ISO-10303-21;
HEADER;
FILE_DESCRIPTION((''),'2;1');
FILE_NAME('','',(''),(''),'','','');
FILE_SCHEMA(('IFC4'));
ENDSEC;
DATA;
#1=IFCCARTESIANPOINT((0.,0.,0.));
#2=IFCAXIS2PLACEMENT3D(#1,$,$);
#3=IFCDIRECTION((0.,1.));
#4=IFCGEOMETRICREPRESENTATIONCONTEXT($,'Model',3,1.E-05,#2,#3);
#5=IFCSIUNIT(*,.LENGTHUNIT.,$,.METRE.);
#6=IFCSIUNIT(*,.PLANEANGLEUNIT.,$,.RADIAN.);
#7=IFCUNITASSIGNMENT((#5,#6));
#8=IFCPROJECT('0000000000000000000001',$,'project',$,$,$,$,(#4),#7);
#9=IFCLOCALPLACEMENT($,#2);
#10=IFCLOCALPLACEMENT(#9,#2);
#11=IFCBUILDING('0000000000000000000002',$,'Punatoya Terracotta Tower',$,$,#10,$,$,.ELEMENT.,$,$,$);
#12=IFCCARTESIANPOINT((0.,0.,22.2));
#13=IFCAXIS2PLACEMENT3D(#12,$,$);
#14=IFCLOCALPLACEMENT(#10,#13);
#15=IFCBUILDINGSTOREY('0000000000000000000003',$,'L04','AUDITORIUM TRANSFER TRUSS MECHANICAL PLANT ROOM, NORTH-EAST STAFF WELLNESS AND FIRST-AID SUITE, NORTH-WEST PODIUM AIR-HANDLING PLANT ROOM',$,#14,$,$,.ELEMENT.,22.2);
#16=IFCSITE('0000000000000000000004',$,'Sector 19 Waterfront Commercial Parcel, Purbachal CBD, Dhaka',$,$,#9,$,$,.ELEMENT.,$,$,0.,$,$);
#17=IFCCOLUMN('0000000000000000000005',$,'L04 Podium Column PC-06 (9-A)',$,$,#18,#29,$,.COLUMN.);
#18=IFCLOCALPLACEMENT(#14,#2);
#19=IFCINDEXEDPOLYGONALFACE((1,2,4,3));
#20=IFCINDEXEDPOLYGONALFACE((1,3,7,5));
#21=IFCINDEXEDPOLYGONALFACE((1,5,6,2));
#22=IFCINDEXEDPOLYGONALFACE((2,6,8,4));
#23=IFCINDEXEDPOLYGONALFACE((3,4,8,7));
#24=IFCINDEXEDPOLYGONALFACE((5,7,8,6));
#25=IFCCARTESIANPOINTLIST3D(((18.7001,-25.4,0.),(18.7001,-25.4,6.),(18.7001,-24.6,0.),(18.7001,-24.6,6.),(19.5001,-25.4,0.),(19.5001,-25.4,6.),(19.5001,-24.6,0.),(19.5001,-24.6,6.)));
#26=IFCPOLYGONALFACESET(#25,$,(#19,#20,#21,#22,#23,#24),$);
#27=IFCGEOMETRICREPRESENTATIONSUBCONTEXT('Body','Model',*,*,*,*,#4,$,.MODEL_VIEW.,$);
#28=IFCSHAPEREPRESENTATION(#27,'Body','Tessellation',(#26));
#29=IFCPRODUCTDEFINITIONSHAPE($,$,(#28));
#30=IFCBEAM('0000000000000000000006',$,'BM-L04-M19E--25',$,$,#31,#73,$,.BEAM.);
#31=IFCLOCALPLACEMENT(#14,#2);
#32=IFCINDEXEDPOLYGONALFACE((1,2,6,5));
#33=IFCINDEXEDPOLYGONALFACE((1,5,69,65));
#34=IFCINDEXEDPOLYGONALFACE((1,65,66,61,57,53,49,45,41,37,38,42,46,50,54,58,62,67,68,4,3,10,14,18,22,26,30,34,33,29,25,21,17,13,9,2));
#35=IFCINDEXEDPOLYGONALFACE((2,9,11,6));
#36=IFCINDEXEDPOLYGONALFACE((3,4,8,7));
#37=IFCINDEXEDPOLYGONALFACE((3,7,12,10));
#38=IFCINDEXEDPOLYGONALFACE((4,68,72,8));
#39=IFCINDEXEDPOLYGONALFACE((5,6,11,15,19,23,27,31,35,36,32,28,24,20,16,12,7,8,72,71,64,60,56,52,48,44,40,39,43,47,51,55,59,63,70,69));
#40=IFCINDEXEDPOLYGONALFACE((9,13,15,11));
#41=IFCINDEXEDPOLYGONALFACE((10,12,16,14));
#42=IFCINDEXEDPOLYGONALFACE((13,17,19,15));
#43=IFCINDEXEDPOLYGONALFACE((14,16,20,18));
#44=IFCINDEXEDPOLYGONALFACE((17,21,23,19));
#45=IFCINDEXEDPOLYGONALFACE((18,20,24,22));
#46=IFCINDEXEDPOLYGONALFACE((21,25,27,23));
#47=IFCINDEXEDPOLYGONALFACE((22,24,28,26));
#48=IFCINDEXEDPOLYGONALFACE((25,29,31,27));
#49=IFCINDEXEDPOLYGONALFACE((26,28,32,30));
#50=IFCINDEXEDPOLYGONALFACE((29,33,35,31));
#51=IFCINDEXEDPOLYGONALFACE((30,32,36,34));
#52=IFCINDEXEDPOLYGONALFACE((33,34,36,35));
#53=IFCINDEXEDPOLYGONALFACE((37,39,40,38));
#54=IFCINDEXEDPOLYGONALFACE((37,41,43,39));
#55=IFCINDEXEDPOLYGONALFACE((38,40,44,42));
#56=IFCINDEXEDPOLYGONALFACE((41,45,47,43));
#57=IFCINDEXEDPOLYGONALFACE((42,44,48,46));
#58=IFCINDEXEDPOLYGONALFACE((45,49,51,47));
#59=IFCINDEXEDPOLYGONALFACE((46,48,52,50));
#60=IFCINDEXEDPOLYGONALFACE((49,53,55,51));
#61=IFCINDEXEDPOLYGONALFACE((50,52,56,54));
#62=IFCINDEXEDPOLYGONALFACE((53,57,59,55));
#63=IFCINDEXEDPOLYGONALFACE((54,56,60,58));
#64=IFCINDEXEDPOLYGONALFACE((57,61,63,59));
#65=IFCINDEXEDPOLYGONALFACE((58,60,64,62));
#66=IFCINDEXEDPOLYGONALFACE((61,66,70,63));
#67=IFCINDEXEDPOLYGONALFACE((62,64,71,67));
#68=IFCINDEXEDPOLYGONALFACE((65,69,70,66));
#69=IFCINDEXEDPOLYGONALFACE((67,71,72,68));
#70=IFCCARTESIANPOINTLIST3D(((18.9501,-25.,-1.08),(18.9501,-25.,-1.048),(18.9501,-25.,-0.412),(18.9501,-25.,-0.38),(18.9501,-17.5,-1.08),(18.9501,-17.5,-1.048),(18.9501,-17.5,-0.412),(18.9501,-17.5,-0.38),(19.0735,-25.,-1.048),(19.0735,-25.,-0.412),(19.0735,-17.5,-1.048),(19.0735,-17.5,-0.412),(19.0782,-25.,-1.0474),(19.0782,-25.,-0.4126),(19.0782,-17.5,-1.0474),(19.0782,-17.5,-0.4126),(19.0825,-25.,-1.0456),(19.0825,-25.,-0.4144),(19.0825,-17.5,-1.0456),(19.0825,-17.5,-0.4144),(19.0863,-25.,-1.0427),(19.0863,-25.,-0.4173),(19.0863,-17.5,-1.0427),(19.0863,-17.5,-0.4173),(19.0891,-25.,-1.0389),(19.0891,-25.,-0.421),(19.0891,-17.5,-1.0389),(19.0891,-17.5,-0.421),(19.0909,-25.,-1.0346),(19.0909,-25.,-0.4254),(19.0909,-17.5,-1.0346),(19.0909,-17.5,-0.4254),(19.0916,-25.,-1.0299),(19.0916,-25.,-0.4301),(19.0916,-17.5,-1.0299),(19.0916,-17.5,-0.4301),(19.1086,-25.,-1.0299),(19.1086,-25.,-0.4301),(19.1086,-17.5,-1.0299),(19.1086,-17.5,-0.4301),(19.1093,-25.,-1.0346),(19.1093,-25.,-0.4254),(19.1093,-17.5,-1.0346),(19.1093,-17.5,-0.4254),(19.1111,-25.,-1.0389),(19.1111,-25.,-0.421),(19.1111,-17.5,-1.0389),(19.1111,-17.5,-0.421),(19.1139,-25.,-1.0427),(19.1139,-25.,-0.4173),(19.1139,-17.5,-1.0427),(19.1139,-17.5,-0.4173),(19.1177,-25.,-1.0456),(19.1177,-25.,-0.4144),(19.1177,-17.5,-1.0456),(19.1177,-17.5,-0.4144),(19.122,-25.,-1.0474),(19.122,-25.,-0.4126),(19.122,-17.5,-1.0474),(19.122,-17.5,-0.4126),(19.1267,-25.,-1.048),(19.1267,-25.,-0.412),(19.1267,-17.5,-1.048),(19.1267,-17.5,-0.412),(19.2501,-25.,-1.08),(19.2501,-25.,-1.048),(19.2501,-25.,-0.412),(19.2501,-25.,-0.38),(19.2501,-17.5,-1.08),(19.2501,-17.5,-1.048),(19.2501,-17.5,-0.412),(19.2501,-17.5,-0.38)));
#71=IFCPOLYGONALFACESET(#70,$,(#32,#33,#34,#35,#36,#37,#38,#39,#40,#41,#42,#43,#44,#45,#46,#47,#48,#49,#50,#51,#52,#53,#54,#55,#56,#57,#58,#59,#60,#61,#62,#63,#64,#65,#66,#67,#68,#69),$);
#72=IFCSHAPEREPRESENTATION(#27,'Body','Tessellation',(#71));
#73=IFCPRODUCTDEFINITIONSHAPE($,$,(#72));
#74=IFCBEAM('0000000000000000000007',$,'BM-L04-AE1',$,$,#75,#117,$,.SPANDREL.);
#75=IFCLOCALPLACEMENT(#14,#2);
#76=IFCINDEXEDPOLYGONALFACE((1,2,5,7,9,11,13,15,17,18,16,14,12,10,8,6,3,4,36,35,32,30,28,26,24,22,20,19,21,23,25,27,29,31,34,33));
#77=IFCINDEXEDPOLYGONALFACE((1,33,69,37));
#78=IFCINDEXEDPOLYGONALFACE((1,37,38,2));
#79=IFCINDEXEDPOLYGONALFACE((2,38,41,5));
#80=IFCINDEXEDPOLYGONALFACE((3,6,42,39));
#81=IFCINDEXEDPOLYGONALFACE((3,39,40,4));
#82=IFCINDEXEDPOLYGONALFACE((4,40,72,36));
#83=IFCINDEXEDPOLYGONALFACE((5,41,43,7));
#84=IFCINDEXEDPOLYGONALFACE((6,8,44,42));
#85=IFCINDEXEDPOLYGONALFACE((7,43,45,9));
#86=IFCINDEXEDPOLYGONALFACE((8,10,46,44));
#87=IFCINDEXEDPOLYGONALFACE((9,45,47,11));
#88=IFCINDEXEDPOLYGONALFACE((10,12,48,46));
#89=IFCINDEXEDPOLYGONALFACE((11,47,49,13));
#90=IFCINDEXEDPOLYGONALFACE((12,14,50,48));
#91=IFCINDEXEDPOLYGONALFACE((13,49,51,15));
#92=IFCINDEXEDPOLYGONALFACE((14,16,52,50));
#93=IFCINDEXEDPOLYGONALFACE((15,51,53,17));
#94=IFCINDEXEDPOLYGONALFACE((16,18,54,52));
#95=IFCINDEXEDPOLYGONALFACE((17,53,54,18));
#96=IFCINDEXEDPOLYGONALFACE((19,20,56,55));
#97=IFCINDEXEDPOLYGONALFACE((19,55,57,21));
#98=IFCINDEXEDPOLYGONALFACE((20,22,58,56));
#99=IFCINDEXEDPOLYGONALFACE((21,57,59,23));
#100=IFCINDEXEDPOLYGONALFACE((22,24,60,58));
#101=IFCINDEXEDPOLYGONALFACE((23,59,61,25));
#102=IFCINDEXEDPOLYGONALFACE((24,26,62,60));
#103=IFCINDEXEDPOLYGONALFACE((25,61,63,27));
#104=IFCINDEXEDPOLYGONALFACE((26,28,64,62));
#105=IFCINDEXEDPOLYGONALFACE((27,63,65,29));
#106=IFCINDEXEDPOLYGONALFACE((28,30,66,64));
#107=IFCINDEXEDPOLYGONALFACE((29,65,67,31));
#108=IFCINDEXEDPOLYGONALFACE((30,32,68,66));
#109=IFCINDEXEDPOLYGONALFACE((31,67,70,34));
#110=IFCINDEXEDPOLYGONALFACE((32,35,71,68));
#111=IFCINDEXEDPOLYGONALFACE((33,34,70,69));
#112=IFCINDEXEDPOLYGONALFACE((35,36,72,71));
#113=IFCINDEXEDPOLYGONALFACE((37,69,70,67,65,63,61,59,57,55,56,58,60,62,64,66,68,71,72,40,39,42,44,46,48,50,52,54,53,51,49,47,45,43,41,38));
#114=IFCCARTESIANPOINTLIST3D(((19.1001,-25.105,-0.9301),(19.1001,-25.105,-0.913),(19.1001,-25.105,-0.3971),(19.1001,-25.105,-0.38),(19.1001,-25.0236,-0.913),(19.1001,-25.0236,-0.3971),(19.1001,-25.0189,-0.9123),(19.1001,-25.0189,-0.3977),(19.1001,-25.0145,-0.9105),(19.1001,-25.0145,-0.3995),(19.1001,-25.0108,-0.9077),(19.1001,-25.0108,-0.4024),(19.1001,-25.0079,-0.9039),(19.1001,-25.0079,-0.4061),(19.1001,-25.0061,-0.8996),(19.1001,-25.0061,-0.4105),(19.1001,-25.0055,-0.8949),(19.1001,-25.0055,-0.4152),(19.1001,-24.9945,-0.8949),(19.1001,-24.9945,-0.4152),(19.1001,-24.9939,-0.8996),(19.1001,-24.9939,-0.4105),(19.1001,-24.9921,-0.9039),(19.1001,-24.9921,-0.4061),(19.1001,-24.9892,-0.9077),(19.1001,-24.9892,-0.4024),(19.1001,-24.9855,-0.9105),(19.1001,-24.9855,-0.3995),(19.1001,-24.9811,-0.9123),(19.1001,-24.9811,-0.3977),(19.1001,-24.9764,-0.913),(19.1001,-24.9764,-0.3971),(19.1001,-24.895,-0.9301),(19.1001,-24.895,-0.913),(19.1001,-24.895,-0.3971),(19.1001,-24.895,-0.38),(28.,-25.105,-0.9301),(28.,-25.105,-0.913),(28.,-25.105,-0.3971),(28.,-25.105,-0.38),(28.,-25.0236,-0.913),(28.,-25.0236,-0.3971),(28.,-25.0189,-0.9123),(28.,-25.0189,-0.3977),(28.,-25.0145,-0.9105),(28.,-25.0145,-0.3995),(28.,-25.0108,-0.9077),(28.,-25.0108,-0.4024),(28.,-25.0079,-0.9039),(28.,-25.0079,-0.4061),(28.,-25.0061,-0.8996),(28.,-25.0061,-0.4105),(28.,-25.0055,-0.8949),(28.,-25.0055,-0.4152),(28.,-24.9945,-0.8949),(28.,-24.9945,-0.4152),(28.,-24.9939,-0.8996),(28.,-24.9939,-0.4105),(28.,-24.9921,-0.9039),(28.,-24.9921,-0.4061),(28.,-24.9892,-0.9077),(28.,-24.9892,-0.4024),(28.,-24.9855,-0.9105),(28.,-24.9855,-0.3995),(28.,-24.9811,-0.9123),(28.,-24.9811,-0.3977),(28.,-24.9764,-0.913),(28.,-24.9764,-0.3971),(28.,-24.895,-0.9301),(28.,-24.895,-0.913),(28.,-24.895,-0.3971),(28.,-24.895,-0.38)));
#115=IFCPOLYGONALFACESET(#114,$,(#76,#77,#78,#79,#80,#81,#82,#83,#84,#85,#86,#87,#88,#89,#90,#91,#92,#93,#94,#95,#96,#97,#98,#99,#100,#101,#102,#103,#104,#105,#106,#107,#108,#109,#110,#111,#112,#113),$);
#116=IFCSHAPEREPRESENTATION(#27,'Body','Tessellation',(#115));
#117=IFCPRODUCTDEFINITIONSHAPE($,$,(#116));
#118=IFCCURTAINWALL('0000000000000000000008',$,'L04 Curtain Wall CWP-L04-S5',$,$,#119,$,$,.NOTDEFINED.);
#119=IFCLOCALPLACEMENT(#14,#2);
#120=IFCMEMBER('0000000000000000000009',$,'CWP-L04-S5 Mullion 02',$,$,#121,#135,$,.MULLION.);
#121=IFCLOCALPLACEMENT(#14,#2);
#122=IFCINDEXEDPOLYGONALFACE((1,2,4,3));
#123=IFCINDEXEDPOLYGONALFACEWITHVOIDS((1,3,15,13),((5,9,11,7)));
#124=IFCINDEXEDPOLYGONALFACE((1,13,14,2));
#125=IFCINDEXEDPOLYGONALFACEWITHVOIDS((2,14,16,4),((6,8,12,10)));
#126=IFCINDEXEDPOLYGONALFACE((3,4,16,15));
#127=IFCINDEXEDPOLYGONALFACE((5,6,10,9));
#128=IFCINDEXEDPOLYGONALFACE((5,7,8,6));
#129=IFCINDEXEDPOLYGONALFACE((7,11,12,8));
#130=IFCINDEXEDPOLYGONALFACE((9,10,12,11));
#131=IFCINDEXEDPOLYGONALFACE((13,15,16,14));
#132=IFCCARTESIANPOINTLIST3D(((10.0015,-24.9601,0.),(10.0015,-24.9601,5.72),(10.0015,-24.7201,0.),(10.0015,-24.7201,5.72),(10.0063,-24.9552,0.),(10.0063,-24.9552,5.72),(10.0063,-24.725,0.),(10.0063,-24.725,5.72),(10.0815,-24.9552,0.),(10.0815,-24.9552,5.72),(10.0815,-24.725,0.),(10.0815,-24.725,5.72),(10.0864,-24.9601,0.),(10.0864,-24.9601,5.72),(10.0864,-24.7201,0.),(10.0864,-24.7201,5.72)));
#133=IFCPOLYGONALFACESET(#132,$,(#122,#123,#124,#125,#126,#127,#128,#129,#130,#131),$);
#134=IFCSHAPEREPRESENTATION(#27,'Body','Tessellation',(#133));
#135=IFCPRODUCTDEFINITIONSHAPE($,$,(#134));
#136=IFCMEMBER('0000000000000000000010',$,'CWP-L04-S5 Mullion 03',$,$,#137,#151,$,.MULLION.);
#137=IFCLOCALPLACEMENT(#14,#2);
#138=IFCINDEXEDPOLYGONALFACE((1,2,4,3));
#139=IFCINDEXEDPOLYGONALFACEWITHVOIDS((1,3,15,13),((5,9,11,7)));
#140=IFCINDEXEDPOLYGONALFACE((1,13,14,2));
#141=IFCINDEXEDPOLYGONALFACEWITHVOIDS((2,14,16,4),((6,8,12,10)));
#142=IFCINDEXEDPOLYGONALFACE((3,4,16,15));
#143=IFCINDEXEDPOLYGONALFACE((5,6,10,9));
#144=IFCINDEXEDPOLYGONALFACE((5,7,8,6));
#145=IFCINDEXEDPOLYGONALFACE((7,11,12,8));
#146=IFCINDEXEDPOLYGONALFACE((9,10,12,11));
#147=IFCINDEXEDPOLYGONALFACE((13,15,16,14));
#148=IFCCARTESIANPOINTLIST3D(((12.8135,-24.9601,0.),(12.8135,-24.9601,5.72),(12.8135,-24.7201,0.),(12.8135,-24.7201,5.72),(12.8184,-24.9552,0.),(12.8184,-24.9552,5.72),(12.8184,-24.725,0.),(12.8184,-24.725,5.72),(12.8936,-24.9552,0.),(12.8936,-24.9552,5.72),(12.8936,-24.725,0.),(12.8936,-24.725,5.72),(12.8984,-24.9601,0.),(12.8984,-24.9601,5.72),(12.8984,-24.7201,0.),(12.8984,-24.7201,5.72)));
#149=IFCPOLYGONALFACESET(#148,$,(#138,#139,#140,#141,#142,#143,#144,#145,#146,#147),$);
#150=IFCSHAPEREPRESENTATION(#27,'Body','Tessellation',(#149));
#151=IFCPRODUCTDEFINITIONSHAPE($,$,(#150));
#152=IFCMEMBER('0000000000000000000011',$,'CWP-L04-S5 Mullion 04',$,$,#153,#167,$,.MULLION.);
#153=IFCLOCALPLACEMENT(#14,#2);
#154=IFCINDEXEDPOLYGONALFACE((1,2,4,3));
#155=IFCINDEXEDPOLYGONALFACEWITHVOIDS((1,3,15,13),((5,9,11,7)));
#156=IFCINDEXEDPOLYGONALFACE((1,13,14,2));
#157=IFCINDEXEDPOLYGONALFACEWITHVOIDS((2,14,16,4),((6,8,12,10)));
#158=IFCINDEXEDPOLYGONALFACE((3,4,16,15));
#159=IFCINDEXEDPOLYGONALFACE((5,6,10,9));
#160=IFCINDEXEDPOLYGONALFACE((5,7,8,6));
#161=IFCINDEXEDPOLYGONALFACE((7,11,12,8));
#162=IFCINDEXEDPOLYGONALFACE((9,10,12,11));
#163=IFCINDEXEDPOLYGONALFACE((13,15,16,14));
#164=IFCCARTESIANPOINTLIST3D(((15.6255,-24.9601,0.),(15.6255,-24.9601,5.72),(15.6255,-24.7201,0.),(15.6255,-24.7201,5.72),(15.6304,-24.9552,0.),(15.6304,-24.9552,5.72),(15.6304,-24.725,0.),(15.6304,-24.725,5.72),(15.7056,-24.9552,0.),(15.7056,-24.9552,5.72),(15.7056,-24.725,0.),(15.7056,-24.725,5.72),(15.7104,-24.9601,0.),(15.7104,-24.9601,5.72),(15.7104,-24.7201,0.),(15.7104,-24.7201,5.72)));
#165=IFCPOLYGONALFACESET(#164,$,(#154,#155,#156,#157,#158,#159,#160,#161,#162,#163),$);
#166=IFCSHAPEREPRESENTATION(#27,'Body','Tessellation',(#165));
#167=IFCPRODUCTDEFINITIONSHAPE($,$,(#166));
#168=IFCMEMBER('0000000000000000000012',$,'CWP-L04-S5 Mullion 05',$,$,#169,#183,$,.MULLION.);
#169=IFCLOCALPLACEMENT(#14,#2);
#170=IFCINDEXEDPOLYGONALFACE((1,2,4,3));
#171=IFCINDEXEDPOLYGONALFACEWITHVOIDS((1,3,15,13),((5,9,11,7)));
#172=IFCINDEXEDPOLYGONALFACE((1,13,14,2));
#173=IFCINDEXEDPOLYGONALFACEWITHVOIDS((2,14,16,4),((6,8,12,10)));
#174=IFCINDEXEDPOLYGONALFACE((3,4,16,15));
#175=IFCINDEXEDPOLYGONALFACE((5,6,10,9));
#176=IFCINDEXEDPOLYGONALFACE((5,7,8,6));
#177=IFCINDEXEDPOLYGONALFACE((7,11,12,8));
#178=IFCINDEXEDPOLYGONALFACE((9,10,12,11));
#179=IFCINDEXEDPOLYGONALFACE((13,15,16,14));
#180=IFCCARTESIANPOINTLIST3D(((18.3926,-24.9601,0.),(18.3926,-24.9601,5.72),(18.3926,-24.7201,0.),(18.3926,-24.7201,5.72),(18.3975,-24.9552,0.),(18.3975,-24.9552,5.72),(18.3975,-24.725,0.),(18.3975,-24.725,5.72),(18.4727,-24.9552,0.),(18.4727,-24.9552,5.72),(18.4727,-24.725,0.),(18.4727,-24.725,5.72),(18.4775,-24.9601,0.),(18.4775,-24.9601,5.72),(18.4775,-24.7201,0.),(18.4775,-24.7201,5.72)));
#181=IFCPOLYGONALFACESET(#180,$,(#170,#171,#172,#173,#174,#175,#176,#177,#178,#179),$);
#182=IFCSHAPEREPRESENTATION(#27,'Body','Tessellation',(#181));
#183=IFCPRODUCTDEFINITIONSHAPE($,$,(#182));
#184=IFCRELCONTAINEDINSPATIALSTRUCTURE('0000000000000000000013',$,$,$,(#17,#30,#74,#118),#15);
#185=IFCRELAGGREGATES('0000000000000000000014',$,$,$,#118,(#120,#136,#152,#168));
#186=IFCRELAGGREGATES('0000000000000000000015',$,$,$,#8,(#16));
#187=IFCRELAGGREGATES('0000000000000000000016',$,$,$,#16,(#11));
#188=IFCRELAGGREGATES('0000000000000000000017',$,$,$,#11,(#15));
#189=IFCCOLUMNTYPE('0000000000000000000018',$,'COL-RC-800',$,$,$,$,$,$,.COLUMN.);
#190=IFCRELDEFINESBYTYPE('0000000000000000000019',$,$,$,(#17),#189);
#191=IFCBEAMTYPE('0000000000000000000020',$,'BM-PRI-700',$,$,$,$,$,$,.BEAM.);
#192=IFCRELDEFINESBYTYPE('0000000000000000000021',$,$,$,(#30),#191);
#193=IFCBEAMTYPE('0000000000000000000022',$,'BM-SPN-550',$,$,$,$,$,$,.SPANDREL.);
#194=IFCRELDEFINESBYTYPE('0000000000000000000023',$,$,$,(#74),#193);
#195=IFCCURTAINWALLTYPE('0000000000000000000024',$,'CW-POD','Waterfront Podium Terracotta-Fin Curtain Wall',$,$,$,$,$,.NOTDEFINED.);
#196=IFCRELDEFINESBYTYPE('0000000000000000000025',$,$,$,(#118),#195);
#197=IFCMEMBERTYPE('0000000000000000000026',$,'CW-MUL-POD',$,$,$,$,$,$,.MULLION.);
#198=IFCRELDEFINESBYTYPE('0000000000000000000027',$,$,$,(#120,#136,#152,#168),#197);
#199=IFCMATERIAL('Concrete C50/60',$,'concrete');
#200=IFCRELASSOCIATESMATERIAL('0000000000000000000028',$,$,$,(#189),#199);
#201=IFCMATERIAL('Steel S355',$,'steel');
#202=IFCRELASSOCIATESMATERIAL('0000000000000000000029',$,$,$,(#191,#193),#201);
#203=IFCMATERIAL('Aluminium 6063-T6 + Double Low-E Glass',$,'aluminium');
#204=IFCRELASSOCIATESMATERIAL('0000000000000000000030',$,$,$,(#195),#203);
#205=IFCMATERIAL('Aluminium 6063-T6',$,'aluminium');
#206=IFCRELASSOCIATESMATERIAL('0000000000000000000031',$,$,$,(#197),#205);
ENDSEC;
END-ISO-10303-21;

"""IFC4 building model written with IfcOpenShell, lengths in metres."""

from ifc_helpers import new_model, si_unit, direction, frame, origin, origin_2d, place, context, subcontext, project, spatial, rectangle, hollow_rectangle, i_section, extrude, material, material_profile, profile_set, type_object, element, aggregate, save


model = new_model("IFC4")

# Units and contexts
model_context = context("Model", 3, precision=1e-05, world=origin(), true_north=direction((0.0, 1.0)))
body_context = subcontext(model_context, "Body", "Model", "MODEL_VIEW")
ifc_project = project(units=[si_unit("LENGTHUNIT", "METRE"), si_unit("PLANEANGLEUNIT", "RADIAN")], contexts=[model_context])

# Site, building, storey
site_placement = place(None, origin())
site = spatial("IfcSite", under=ifc_project, at=site_placement, Name="Sector 19 Waterfront Commercial Parcel, Purbachal CBD, Dhaka", CompositionType="ELEMENT", RefElevation=0.0)
building_placement = place(site_placement, origin())
building = spatial("IfcBuilding", under=site, at=building_placement, Name="Punatoya Terracotta Tower", CompositionType="ELEMENT")
storey_placement = place(building_placement, frame((0.0, 0.0, 22.2)))
storey = spatial("IfcBuildingStorey", under=building, at=storey_placement, Name="L04", Description="AUDITORIUM TRANSFER TRUSS MECHANICAL PLANT ROOM, NORTH-EAST STAFF WELLNESS AND FIRST-AID SUITE, NORTH-WEST PODIUM AIR-HANDLING PLANT ROOM", CompositionType="ELEMENT", Elevation=22.2)

# Column
ifc_material_1 = material(Name="Concrete C50/60", Category="concrete")
ifc_material_profile_1 = material_profile(ifc_material_1, rectangle(XDim=0.8, YDim=0.8, at=origin_2d()))
ifc_profile_set_1 = profile_set([ifc_material_profile_1], Name="Concrete C50/60")
column_type = type_object("IfcColumnType", Name="COL-RC-800", PredefinedType="COLUMN", material=ifc_profile_set_1)
column_placement = place(storey_placement, frame((19.1001, -25.0, 0.0), z_axis=(0.0, 0.0, 1.0), x_axis=(1.0, 0.0, 0.0)))
element("IfcColumn", 1, at=column_placement, inside=storey, type_object=column_type, Name="L04 Podium Column PC-06 (9-A)", PredefinedType="COLUMN", context=body_context, shape_type="SweptSolid", body=[
    extrude(rectangle(XDim=0.8, YDim=0.8, at=origin_2d()), origin(), (0.0, 0.0, 1.0), 6.0),
])

# Beams
ifc_material_2 = material(Name="Steel S355", Category="steel")
ifc_material_profile_2 = material_profile(ifc_material_2, i_section(OverallWidth=0.3, OverallDepth=0.7, WebThickness=0.0171, FlangeThickness=0.032, FilletRadius=0.0181, at=origin_2d()))
ifc_profile_set_2 = profile_set([ifc_material_profile_2], Name="Steel S355")
beam_type_1 = type_object("IfcBeamType", Name="BM-PRI-700", PredefinedType="BEAM", material=ifc_profile_set_2)
beam_1_placement = place(storey_placement, frame((19.1001, -25.0, -0.73), z_axis=(0.0, 1.0, 0.0), x_axis=(-1.0, 0.0, 0.0)))
element("IfcBeam", 2, at=beam_1_placement, inside=storey, type_object=beam_type_1, Name="BM-L04-M19E--25", PredefinedType="BEAM", context=body_context, shape_type="SweptSolid", body=[
    extrude(i_section(OverallWidth=0.3, OverallDepth=0.7, WebThickness=0.0171, FlangeThickness=0.032, FilletRadius=0.0181, at=origin_2d()), origin(), (0.0, 0.0, 1.0), 7.5),
])
ifc_material_profile_3 = material_profile(ifc_material_2, i_section(OverallWidth=0.21, OverallDepth=0.55, WebThickness=0.011, FlangeThickness=0.0171, FilletRadius=0.0181, at=origin_2d()))
ifc_profile_set_3 = profile_set([ifc_material_profile_3], Name="Steel S355")
beam_type_2 = type_object("IfcBeamType", Name="BM-SPN-550", PredefinedType="SPANDREL", material=ifc_profile_set_3)
beam_2_placement = place(storey_placement, frame((19.1001, -25.0, -0.655), z_axis=(1.0, 0.0, 0.0), x_axis=(0.0, 1.0, 0.0)))
element("IfcBeam", 3, at=beam_2_placement, inside=storey, type_object=beam_type_2, Name="BM-L04-AE1", PredefinedType="SPANDREL", context=body_context, shape_type="SweptSolid", body=[
    extrude(i_section(OverallWidth=0.21, OverallDepth=0.55, WebThickness=0.011, FlangeThickness=0.0171, FilletRadius=0.0181, at=origin_2d()), origin(), (0.0, 0.0, 1.0), 8.8999),
])

# Curtain wall, members
ifc_material_3 = material(Name="Aluminium 6063-T6 + Double Low-E Glass", Category="aluminium")
curtain_wall_type = type_object("IfcCurtainWallType", Name="CW-POD", Description="Waterfront Podium Terracotta-Fin Curtain Wall", PredefinedType="NOTDEFINED", material=ifc_material_3)
curtain_wall_placement = place(storey_placement, origin())
curtain_wall = element("IfcCurtainWall", 4, at=curtain_wall_placement, inside=storey, type_object=curtain_wall_type, Name="L04 Curtain Wall CWP-L04-S5", PredefinedType="NOTDEFINED")
ifc_material_4 = material(Name="Aluminium 6063-T6", Category="aluminium")
ifc_material_profile_4 = material_profile(ifc_material_4, hollow_rectangle(XDim=0.085, YDim=0.24, WallThickness=0.0049, at=origin_2d()))
ifc_profile_set_4 = profile_set([ifc_material_profile_4], Name="Aluminium 6063-T6")
member_type = type_object("IfcMemberType", Name="CW-MUL-POD", PredefinedType="MULLION", material=ifc_profile_set_4)
member_1_placement = place(storey_placement, frame((10.0439, -24.8401, 0.0), z_axis=(0.0, 0.0, 1.0), x_axis=(1.0, 0.0, 0.0)))
member_1 = element("IfcMember", 5, at=member_1_placement, type_object=member_type, Name="CWP-L04-S5 Mullion 02", PredefinedType="MULLION", context=body_context, shape_type="SweptSolid", body=[
    extrude(hollow_rectangle(XDim=0.085, YDim=0.24, WallThickness=0.0049, at=origin_2d()), origin(), (0.0, 0.0, 1.0), 5.72),
])
member_2_placement = place(storey_placement, frame((12.856, -24.8401, 0.0), z_axis=(0.0, 0.0, 1.0), x_axis=(1.0, 0.0, 0.0)))
member_2 = element("IfcMember", 6, at=member_2_placement, type_object=member_type, Name="CWP-L04-S5 Mullion 03", PredefinedType="MULLION", context=body_context, shape_type="SweptSolid", body=[
    extrude(hollow_rectangle(XDim=0.085, YDim=0.24, WallThickness=0.0049, at=origin_2d()), origin(), (0.0, 0.0, 1.0), 5.72),
])
member_3_placement = place(storey_placement, frame((15.668, -24.8401, 0.0), z_axis=(0.0, 0.0, 1.0), x_axis=(1.0, 0.0, 0.0)))
member_3 = element("IfcMember", 7, at=member_3_placement, type_object=member_type, Name="CWP-L04-S5 Mullion 04", PredefinedType="MULLION", context=body_context, shape_type="SweptSolid", body=[
    extrude(hollow_rectangle(XDim=0.085, YDim=0.24, WallThickness=0.0049, at=origin_2d()), origin(), (0.0, 0.0, 1.0), 5.72),
])
member_4_placement = place(storey_placement, frame((18.4351, -24.8401, 0.0), z_axis=(0.0, 0.0, 1.0), x_axis=(1.0, 0.0, 0.0)))
member_4 = element("IfcMember", 8, at=member_4_placement, type_object=member_type, Name="CWP-L04-S5 Mullion 05", PredefinedType="MULLION", context=body_context, shape_type="SweptSolid", body=[
    extrude(hollow_rectangle(XDim=0.085, YDim=0.24, WallThickness=0.0049, at=origin_2d()), origin(), (0.0, 0.0, 1.0), 5.72),
])

aggregate(curtain_wall, [member_1, member_2, member_3, member_4])

save(model, "model.ifc")
